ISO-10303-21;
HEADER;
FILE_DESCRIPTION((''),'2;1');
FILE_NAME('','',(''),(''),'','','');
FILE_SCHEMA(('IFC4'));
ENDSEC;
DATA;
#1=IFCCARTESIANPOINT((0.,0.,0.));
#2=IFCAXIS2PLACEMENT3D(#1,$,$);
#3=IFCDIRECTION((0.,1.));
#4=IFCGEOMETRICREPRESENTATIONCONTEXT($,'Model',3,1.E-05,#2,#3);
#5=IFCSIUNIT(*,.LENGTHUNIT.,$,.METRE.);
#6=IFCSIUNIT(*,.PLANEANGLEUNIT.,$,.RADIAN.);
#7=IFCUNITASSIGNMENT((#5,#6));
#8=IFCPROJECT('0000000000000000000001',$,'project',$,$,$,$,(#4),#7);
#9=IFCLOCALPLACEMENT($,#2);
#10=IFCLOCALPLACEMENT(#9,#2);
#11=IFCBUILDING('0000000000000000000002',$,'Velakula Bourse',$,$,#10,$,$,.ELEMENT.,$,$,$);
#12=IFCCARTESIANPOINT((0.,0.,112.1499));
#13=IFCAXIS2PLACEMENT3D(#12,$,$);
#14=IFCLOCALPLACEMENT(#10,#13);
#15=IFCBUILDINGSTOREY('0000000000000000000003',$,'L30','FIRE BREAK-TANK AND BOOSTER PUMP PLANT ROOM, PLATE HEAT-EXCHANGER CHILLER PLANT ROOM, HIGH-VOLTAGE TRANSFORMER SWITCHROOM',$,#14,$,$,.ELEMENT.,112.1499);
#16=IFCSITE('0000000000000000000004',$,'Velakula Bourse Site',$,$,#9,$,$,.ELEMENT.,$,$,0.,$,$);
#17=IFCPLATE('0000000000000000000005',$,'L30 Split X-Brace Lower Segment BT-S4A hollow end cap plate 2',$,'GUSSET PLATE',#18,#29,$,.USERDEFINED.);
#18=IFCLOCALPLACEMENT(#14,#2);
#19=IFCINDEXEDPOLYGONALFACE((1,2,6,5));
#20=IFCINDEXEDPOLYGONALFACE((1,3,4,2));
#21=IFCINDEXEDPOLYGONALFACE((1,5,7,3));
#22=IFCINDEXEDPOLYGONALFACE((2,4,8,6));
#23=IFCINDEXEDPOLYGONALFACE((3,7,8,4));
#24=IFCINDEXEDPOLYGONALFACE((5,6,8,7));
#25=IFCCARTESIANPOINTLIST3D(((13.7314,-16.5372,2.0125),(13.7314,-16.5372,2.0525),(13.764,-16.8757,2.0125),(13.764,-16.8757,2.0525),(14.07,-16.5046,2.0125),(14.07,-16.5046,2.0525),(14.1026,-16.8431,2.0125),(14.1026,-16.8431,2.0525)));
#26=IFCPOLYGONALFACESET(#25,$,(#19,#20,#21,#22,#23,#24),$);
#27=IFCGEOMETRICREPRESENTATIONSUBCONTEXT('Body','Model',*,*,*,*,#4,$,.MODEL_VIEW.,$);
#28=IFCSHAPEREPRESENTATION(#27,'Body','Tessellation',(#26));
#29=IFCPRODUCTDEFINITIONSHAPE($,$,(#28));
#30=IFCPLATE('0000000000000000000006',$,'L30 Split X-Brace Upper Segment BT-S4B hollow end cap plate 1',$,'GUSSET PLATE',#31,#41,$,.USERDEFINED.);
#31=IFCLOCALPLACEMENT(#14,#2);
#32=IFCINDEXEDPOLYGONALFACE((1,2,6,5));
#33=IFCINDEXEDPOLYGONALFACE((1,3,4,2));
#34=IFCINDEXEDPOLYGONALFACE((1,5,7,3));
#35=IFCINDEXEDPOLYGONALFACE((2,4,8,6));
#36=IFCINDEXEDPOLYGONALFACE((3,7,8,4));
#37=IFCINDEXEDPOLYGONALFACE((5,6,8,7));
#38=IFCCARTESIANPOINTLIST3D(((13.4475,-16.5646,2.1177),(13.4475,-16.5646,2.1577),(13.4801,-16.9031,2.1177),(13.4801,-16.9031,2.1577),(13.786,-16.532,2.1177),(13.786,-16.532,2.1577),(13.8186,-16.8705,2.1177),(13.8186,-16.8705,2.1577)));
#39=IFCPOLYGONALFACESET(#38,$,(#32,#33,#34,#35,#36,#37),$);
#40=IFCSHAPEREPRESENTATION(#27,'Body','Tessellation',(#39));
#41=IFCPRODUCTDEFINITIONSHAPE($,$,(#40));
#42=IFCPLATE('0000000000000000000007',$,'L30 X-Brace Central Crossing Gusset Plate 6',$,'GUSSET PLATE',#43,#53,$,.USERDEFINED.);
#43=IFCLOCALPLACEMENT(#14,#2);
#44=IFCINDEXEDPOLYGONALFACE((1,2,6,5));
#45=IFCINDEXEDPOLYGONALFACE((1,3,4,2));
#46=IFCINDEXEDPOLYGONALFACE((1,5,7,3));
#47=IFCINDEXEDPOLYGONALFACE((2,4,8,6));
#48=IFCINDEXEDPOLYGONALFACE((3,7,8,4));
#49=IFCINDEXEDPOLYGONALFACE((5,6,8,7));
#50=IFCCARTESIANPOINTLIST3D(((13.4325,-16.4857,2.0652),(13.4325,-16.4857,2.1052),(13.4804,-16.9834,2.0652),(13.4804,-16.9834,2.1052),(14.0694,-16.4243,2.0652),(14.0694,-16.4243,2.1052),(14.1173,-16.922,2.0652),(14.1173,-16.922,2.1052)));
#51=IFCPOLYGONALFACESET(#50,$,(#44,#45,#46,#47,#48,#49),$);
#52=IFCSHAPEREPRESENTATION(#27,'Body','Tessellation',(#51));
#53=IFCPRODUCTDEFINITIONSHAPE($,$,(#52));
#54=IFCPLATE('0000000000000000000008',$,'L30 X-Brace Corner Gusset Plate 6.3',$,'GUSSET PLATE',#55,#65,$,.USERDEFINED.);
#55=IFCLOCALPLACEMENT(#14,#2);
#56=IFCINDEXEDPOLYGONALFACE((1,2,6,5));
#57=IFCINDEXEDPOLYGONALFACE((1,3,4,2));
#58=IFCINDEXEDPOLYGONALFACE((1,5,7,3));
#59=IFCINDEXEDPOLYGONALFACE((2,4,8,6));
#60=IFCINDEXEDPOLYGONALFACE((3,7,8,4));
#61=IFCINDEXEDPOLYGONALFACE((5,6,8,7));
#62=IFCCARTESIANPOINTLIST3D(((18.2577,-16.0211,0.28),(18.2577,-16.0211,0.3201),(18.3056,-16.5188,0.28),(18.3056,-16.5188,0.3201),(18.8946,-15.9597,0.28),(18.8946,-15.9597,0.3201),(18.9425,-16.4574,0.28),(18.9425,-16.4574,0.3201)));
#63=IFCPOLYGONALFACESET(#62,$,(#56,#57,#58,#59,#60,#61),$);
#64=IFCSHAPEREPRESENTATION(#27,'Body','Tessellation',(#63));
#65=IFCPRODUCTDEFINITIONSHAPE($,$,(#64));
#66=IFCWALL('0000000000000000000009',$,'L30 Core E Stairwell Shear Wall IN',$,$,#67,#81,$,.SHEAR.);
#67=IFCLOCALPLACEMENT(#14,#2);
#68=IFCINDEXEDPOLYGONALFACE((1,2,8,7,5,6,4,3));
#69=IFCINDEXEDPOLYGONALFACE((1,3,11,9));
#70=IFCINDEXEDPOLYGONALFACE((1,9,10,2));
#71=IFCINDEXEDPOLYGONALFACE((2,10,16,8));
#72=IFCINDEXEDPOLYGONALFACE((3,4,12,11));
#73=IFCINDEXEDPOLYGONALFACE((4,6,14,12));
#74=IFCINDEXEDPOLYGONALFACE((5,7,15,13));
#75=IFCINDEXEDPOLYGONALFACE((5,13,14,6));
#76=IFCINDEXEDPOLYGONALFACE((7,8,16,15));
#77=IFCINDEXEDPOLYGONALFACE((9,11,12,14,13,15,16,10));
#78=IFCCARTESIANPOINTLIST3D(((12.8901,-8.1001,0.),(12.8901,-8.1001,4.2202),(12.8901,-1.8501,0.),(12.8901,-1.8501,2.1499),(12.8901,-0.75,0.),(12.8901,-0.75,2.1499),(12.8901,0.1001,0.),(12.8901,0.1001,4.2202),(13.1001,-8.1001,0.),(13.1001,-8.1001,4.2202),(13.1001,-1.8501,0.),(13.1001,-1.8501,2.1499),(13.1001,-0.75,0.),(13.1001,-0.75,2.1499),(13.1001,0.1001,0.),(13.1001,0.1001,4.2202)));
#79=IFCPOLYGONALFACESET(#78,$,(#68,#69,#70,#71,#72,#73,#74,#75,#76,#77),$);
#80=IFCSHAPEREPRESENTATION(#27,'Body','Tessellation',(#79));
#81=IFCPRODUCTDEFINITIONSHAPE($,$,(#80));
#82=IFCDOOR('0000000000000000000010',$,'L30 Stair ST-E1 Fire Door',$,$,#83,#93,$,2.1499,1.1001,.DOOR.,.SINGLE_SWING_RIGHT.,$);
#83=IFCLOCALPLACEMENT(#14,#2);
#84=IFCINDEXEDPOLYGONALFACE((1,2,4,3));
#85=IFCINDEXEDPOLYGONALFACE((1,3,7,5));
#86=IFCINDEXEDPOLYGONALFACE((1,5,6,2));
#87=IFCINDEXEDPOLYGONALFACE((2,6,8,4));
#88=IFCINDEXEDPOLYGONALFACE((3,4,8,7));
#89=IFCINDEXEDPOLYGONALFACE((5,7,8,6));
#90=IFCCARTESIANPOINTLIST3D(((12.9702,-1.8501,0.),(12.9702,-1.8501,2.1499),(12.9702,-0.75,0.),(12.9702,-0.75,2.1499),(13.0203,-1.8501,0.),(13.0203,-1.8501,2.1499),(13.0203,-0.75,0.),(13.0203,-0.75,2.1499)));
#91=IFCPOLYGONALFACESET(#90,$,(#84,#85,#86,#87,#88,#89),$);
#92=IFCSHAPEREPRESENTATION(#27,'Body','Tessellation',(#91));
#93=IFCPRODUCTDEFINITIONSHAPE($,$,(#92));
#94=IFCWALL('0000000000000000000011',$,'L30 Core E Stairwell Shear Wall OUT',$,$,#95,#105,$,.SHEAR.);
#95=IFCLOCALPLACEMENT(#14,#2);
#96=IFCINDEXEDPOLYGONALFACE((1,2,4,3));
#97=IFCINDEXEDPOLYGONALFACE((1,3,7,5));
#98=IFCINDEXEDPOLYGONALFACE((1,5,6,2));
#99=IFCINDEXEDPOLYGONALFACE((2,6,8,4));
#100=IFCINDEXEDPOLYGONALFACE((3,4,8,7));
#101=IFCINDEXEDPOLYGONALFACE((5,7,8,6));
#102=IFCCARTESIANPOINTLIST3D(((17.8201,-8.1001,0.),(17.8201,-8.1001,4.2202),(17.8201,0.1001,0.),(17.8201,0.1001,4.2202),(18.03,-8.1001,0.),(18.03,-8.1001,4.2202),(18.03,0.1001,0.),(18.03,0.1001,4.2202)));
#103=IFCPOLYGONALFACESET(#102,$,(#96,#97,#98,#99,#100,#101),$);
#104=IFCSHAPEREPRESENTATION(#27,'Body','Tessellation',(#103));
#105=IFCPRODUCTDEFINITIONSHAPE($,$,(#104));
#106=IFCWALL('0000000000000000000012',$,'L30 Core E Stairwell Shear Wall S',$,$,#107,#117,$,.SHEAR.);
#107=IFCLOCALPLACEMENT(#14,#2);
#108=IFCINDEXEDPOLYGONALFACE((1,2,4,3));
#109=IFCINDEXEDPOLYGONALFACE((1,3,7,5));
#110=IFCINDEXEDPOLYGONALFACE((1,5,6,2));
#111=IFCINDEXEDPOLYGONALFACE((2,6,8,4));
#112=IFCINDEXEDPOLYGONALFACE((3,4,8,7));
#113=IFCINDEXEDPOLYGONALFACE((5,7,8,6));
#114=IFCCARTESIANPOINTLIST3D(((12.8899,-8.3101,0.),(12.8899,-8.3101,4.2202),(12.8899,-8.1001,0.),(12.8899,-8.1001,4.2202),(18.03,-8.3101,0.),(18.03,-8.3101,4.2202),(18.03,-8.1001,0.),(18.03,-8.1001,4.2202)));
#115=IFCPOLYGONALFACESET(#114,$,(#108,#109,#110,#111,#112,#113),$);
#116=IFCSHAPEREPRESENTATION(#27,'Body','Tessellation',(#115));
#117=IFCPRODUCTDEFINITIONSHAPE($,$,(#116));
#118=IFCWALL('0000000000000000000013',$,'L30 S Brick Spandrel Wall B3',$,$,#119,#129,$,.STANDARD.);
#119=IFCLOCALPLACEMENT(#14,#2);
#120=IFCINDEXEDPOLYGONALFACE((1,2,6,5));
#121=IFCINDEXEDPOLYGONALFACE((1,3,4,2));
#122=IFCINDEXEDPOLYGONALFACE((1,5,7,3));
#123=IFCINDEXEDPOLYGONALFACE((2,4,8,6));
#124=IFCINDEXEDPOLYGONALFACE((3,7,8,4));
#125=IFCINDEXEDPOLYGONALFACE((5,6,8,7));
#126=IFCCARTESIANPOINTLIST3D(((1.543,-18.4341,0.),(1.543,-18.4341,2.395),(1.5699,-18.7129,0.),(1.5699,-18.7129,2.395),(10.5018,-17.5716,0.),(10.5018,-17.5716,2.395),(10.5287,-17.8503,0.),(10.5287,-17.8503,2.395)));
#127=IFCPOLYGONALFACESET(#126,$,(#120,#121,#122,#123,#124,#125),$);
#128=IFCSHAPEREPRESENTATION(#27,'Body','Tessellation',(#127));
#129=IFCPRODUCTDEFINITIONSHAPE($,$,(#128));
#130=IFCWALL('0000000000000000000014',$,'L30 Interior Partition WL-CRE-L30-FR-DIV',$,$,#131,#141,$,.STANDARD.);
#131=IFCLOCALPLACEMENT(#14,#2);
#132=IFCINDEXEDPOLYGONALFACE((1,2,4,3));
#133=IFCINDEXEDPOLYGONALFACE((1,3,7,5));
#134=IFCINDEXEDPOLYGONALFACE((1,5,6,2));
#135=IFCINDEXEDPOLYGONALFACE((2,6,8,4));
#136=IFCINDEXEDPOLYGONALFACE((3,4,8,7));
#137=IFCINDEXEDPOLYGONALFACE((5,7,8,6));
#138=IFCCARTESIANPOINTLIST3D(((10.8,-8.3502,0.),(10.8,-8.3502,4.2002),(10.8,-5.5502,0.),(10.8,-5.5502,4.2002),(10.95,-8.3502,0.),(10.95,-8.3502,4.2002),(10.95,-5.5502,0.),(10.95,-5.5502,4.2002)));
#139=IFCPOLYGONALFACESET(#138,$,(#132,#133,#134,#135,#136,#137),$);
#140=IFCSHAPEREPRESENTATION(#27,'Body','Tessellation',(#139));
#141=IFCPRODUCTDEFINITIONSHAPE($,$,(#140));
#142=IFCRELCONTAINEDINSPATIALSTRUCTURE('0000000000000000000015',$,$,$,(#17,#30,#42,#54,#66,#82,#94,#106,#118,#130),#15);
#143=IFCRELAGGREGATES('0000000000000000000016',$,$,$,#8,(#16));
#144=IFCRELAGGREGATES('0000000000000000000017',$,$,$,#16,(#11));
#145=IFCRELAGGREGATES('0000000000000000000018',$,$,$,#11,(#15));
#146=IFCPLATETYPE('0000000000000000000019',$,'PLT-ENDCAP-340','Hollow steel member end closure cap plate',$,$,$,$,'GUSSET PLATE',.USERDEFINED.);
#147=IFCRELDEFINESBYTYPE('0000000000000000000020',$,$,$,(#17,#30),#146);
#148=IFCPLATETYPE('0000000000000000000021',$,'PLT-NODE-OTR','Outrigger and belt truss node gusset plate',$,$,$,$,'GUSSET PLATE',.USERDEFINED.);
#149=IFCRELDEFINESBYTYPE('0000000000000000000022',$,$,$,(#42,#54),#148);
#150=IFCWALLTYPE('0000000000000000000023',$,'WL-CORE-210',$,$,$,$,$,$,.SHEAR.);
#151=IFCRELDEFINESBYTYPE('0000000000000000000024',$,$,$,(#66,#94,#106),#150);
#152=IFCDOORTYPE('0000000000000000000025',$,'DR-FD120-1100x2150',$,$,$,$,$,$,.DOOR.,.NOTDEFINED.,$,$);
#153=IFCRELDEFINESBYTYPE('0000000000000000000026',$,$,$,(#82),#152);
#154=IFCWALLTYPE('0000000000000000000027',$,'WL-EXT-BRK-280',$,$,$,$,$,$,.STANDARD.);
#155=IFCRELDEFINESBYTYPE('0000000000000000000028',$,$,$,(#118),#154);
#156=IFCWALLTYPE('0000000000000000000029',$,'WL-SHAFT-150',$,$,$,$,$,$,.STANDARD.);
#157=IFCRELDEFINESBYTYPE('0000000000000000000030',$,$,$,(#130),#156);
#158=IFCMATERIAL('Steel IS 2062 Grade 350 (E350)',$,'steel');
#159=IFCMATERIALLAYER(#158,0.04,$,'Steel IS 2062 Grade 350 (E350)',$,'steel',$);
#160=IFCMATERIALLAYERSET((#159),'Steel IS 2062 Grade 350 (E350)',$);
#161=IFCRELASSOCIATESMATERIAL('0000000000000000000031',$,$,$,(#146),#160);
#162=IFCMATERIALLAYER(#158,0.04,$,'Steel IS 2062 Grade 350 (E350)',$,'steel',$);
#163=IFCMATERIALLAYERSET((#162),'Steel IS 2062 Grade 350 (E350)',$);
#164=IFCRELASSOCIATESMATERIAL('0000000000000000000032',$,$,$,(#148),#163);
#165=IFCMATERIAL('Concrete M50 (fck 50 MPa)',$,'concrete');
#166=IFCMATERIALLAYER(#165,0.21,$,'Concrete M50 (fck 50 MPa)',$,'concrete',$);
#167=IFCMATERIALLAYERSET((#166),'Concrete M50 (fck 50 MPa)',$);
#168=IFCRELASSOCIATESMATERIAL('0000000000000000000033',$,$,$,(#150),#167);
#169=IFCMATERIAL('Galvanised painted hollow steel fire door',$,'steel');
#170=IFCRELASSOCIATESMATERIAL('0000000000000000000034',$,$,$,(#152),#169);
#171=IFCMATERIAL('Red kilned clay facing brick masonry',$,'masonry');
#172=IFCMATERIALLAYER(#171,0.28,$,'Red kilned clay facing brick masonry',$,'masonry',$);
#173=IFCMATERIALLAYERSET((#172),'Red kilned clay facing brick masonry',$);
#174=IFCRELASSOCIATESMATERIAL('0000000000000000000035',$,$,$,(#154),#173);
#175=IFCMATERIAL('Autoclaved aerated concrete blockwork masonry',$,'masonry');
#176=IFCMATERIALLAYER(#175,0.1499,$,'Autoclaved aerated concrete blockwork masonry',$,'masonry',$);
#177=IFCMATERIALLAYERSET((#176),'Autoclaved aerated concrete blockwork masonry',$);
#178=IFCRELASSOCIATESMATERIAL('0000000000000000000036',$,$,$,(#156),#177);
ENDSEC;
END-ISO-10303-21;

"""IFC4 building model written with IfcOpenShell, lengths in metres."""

from ifc_helpers import new_model, si_unit, direction, frame, frame_2d, origin, origin_2d, place, context, subcontext, project, spatial, rectangle, extrude, material, layer, layer_set, type_object, element, fill, save


model = new_model("IFC4")

# Units and contexts
model_context = context("Model", 3, precision=1e-05, world=origin(), true_north=direction((0.0, 1.0)))
body_context = subcontext(model_context, "Body", "Model", "MODEL_VIEW")
ifc_project = project(units=[si_unit("LENGTHUNIT", "METRE"), si_unit("PLANEANGLEUNIT", "RADIAN")], contexts=[model_context])

# Site, building, storey
site_placement = place(None, origin())
site = spatial("IfcSite", under=ifc_project, at=site_placement, Name="Velakula Bourse Site", CompositionType="ELEMENT", RefElevation=0.0)
building_placement = place(site_placement, origin())
building = spatial("IfcBuilding", under=site, at=building_placement, Name="Velakula Bourse", CompositionType="ELEMENT")
storey_placement = place(building_placement, frame((0.0, 0.0, 112.1499)))
storey = spatial("IfcBuildingStorey", under=building, at=storey_placement, Name="L30", Description="FIRE BREAK-TANK AND BOOSTER PUMP PLANT ROOM, PLATE HEAT-EXCHANGER CHILLER PLANT ROOM, HIGH-VOLTAGE TRANSFORMER SWITCHROOM", CompositionType="ELEMENT", Elevation=112.1499)

# Shared definitions
ifc_material_1 = material(Name="Steel IS 2062 Grade 350 (E350)", Category="steel")

# Plates
ifc_layer_1 = layer(ifc_material_1, 0.04, Name="Steel IS 2062 Grade 350 (E350)", Category="steel")
ifc_layer_set_1 = layer_set([ifc_layer_1], Name="Steel IS 2062 Grade 350 (E350)")
plate_type_1 = type_object("IfcPlateType", Name="PLT-ENDCAP-340", Description="Hollow steel member end closure cap plate", ElementType="GUSSET PLATE", PredefinedType="USERDEFINED", material=ifc_layer_set_1)
for number, where, z_axis, x_axis, name in (
    (1, (13.917, -16.6902, 2.0125), (0.0, 0.0, 1.0), (-0.995396, -0.095846, 0.0), "L30 Split X-Brace Lower Segment BT-S4A hollow end cap plate 2"),
    (2, (13.6331, -16.7175, 2.1177), (0.0, 0.0, 1.0), (-0.995396, -0.095846, 0.0), "L30 Split X-Brace Upper Segment BT-S4B hollow end cap plate 1"),
):
    element("IfcPlate", number, at=place(storey_placement, frame(where, z_axis=z_axis, x_axis=x_axis)), inside=storey, type_object=plate_type_1, Name=name, ObjectType="GUSSET PLATE", PredefinedType="USERDEFINED", context=body_context, shape_type="SweptSolid", body=[
        extrude(rectangle(XDim=0.3401, YDim=0.3401, at=origin_2d()), origin(), (0.0, 0.0, 1.0), 0.04),
    ])
ifc_layer_2 = layer(ifc_material_1, 0.04, Name="Steel IS 2062 Grade 350 (E350)", Category="steel")
ifc_layer_set_2 = layer_set([ifc_layer_2], Name="Steel IS 2062 Grade 350 (E350)")
plate_type_2 = type_object("IfcPlateType", Name="PLT-NODE-OTR", Description="Outrigger and belt truss node gusset plate", ElementType="GUSSET PLATE", PredefinedType="USERDEFINED", material=ifc_layer_set_2)
for number, where, z_axis, x_axis, name in (
    (3, (13.7749, -16.7039, 2.0652), (0.0, 0.0, 1.0), (0.995396, 0.095846, 0.0), "L30 X-Brace Central Crossing Gusset Plate 6"),
    (4, (18.6001, -16.2393, 0.28), (0.0, 0.0, 1.0), (0.995396, 0.095846, 0.0), "L30 X-Brace Corner Gusset Plate 6.3"),
):
    element("IfcPlate", number, at=place(storey_placement, frame(where, z_axis=z_axis, x_axis=x_axis)), inside=storey, type_object=plate_type_2, Name=name, ObjectType="GUSSET PLATE", PredefinedType="USERDEFINED", context=body_context, shape_type="SweptSolid", body=[
        extrude(rectangle(XDim=0.6399, YDim=0.5, at=origin_2d()), origin(), (0.0, 0.0, 1.0), 0.04),
    ])

# Wall, opening, door
ifc_material_2 = material(Name="Concrete M50 (fck 50 MPa)", Category="concrete")
ifc_layer_3 = layer(ifc_material_2, 0.21, Name="Concrete M50 (fck 50 MPa)", Category="concrete")
ifc_layer_set_3 = layer_set([ifc_layer_3], Name="Concrete M50 (fck 50 MPa)")
wall_type_1 = type_object("IfcWallType", Name="WL-CORE-210", PredefinedType="SHEAR", material=ifc_layer_set_3)
wall_1_placement = place(storey_placement, frame((12.9951, -8.1001, 0.0), z_axis=(0.0, 0.0, 1.0), x_axis=(0.0, 1.0, 0.0)))
wall_1 = element("IfcWall", 5, at=wall_1_placement, inside=storey, type_object=wall_type_1, Name="L30 Core E Stairwell Shear Wall IN", PredefinedType="SHEAR", context=body_context, shape_type="SweptSolid", body=[
    extrude(rectangle(XDim=8.2002, YDim=0.21, at=frame_2d((4.1001, 0.0))), origin(), (0.0, 0.0, 1.0), 4.2202),
])
opening_placement = place(wall_1_placement, frame((6.25, 0.0, 0.0)))
opening = element("IfcOpeningElement", 6, at=opening_placement, cuts=wall_1, PredefinedType="OPENING", context=body_context, shape_type="SweptSolid", body=[
    extrude(rectangle(XDim=1.1001, YDim=2.1499, at=frame_2d((0.55, 1.075))), frame((0.0, 0.115, 0.0), z_axis=(0.0, -1.0, 0.0), x_axis=(1.0, 0.0, 0.0)), (0.0, 0.0, 1.0), 0.23),
])
ifc_material_3 = material(Name="Galvanised painted hollow steel fire door", Category="steel")
door_type = type_object("IfcDoorType", Name="DR-FD120-1100x2150", OperationType="NOTDEFINED", PredefinedType="DOOR", material=ifc_material_3)
door_placement = place(opening_placement, origin())
door = element("IfcDoor", 7, at=door_placement, inside=storey, type_object=door_type, Name="L30 Stair ST-E1 Fire Door", OperationType="SINGLE_SWING_RIGHT", OverallHeight=2.1499, OverallWidth=1.1001, PredefinedType="DOOR", context=body_context, shape_type="SweptSolid", body=[
    extrude(rectangle(XDim=1.1001, YDim=2.1499, at=frame_2d((0.55, 1.075))), frame((0.0, 0.0249, 0.0), z_axis=(0.0, -1.0, 0.0), x_axis=(1.0, 0.0, 0.0)), (0.0, 0.0, 1.0), 0.05),
])
fill(opening, door)

# Walls
wall_2_placement = place(storey_placement, frame((17.925, -8.1001, 0.0), z_axis=(0.0, 0.0, 1.0), x_axis=(0.0, 1.0, 0.0)))
element("IfcWall", 8, at=wall_2_placement, inside=storey, type_object=wall_type_1, Name="L30 Core E Stairwell Shear Wall OUT", PredefinedType="SHEAR", context=body_context, shape_type="SweptSolid", body=[
    extrude(rectangle(XDim=8.2002, YDim=0.21, at=frame_2d((4.1001, 0.0))), origin(), (0.0, 0.0, 1.0), 4.2202),
])
wall_3_placement = place(storey_placement, frame((12.8899, -8.2051, 0.0), z_axis=(0.0, 0.0, 1.0), x_axis=(1.0, 0.0, 0.0)))
element("IfcWall", 9, at=wall_3_placement, inside=storey, type_object=wall_type_1, Name="L30 Core E Stairwell Shear Wall S", PredefinedType="SHEAR", context=body_context, shape_type="SweptSolid", body=[
    extrude(rectangle(XDim=5.1401, YDim=0.21, at=frame_2d((2.5701, 0.0))), origin(), (0.0, 0.0, 1.0), 4.2202),
])
ifc_material_4 = material(Name="Red kilned clay facing brick masonry", Category="masonry")
ifc_layer_4 = layer(ifc_material_4, 0.28, Name="Red kilned clay facing brick masonry", Category="masonry")
ifc_layer_set_4 = layer_set([ifc_layer_4], Name="Red kilned clay facing brick masonry")
wall_type_2 = type_object("IfcWallType", Name="WL-EXT-BRK-280", PredefinedType="STANDARD", material=ifc_layer_set_4)
wall_4_placement = place(storey_placement, frame((10.5151, -17.7109, 0.0), z_axis=(0.0, 0.0, 1.0), x_axis=(-0.995397, -0.095837, 0.0)))
element("IfcWall", 10, at=wall_4_placement, inside=storey, type_object=wall_type_2, Name="L30 S Brick Spandrel Wall B3", PredefinedType="STANDARD", context=body_context, shape_type="SweptSolid", body=[
    extrude(rectangle(XDim=9.0002, YDim=0.28, at=frame_2d((4.5, 0.0))), origin(), (0.0, 0.0, 1.0), 2.395),
])
ifc_material_5 = material(Name="Autoclaved aerated concrete blockwork masonry", Category="masonry")
ifc_layer_5 = layer(ifc_material_5, 0.1499, Name="Autoclaved aerated concrete blockwork masonry", Category="masonry")
ifc_layer_set_5 = layer_set([ifc_layer_5], Name="Autoclaved aerated concrete blockwork masonry")
wall_type_3 = type_object("IfcWallType", Name="WL-SHAFT-150", PredefinedType="STANDARD", material=ifc_layer_set_5)
wall_5_placement = place(storey_placement, frame((10.875, -8.3501, 0.0), z_axis=(0.0, 0.0, 1.0), x_axis=(0.0, 1.0, 0.0)))
element("IfcWall", 11, at=wall_5_placement, inside=storey, type_object=wall_type_3, Name="L30 Interior Partition WL-CRE-L30-FR-DIV", PredefinedType="STANDARD", context=body_context, shape_type="SweptSolid", body=[
    extrude(rectangle(XDim=2.8, YDim=0.1499, at=frame_2d((1.3999, 0.0))), origin(), (0.0, 0.0, 1.0), 4.2002),
])

save(model, "model.ifc")
